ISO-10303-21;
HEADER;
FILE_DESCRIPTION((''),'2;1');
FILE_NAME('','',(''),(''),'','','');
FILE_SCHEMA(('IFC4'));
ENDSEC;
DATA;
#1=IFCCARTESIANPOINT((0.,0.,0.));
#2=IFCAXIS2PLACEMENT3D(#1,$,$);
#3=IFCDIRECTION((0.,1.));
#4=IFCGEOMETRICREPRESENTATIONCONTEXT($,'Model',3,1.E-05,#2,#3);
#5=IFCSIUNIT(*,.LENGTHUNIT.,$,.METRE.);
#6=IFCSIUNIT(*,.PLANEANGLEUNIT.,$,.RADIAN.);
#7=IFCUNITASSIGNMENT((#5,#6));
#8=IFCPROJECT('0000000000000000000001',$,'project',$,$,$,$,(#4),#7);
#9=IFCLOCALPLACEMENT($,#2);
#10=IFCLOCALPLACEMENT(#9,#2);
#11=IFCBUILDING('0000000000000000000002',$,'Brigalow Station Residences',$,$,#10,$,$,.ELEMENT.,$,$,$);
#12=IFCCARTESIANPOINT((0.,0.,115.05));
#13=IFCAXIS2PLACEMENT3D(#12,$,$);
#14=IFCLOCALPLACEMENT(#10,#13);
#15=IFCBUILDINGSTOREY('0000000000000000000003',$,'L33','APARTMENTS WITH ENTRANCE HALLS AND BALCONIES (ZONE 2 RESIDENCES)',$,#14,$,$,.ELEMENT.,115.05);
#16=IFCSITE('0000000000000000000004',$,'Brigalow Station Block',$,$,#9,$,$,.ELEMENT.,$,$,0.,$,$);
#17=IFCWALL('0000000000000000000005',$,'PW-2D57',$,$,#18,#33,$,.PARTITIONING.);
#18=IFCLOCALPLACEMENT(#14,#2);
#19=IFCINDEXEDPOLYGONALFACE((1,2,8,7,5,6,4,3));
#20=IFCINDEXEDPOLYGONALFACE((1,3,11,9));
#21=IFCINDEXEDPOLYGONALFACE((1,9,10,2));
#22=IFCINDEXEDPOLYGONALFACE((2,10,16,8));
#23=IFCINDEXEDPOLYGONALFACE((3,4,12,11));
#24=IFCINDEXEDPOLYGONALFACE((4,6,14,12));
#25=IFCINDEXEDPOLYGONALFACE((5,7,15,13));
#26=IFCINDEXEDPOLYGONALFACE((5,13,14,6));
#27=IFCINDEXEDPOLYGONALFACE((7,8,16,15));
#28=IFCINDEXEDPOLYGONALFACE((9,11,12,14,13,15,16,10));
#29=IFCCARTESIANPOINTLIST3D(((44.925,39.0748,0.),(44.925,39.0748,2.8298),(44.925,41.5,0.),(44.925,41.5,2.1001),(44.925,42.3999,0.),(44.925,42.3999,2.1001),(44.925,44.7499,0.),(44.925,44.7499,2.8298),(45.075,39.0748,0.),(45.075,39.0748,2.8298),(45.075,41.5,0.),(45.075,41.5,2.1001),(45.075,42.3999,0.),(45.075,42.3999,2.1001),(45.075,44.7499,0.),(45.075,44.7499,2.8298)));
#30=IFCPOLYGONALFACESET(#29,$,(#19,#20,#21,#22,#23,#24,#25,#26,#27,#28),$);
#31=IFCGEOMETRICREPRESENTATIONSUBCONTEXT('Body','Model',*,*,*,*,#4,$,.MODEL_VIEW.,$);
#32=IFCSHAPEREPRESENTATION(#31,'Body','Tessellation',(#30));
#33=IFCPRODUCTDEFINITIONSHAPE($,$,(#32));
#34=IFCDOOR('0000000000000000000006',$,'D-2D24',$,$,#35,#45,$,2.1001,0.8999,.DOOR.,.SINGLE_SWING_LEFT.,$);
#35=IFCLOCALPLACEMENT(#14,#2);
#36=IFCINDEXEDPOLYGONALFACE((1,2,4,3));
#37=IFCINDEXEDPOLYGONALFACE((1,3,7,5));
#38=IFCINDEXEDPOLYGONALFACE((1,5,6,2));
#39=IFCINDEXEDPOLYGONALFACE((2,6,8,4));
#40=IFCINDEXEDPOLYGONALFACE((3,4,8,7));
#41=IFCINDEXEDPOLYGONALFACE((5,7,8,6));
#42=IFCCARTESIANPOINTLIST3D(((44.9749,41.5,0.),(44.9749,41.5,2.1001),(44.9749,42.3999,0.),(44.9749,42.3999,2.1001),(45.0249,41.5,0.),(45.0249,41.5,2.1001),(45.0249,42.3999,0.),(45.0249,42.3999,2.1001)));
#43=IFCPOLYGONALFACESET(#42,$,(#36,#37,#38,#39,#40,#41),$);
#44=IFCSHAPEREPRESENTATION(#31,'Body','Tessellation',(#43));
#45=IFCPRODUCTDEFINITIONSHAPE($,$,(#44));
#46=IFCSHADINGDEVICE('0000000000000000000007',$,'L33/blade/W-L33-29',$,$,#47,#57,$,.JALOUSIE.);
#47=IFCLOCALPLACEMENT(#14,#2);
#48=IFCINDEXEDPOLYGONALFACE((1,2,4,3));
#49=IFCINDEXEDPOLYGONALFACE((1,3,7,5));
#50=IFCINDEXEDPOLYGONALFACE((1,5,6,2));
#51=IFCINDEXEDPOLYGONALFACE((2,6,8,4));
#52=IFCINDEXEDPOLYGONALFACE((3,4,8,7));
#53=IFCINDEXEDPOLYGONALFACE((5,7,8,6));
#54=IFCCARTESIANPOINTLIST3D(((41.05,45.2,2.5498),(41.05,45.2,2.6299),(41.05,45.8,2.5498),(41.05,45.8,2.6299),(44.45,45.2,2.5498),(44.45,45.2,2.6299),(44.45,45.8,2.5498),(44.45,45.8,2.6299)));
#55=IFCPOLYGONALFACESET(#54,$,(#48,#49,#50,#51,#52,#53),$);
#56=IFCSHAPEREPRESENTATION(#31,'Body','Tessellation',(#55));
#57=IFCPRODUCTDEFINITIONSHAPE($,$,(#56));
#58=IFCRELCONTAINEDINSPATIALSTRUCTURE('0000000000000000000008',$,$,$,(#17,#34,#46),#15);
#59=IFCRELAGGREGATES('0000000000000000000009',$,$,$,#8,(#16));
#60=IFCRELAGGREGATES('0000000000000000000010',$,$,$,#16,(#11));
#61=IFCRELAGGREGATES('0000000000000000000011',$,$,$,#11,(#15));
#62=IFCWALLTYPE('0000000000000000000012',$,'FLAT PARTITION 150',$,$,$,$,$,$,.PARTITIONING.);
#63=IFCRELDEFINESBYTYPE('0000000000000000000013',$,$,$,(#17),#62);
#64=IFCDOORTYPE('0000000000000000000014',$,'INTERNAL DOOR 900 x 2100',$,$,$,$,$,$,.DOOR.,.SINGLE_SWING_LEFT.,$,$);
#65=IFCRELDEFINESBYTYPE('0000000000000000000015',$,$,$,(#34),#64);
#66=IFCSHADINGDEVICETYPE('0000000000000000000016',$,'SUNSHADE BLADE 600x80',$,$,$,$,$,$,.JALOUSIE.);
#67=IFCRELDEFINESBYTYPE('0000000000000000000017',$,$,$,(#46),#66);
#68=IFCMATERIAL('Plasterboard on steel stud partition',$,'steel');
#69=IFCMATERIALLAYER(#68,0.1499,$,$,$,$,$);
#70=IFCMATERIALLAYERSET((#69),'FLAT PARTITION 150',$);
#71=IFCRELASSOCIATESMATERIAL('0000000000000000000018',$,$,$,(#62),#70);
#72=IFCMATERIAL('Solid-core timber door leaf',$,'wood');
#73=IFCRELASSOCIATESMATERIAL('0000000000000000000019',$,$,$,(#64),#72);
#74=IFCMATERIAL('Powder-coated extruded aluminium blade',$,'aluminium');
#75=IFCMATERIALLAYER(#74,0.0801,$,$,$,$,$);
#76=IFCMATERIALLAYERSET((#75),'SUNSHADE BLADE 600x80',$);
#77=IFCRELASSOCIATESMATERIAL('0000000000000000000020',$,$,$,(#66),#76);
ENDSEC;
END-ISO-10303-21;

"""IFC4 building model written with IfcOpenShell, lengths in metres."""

from ifc_helpers import new_model, si_unit, direction, frame, frame_2d, origin, origin_2d, place, context, subcontext, project, spatial, rectangle, extrude, material, layer, layer_set, type_object, element, fill, save


model = new_model("IFC4")

# Units and contexts
model_context = context("Model", 3, precision=1e-05, world=origin(), true_north=direction((0.0, 1.0)))
body_context = subcontext(model_context, "Body", "Model", "MODEL_VIEW")
ifc_project = project(units=[si_unit("LENGTHUNIT", "METRE"), si_unit("PLANEANGLEUNIT", "RADIAN")], contexts=[model_context])

# Site, building, storey
site_placement = place(None, origin())
site = spatial("IfcSite", under=ifc_project, at=site_placement, Name="Brigalow Station Block", CompositionType="ELEMENT", RefElevation=0.0)
building_placement = place(site_placement, origin())
building = spatial("IfcBuilding", under=site, at=building_placement, Name="Brigalow Station Residences", CompositionType="ELEMENT")
storey_placement = place(building_placement, frame((0.0, 0.0, 115.05)))
storey = spatial("IfcBuildingStorey", under=building, at=storey_placement, Name="L33", Description="APARTMENTS WITH ENTRANCE HALLS AND BALCONIES (ZONE 2 RESIDENCES)", CompositionType="ELEMENT", Elevation=115.05)

# Wall, opening, door
ifc_material_1 = material(Name="Plasterboard on steel stud partition", Category="steel")
ifc_layer_1 = layer(ifc_material_1, 0.1499)
ifc_layer_set_1 = layer_set([ifc_layer_1], Name="FLAT PARTITION 150")
wall_type_1 = type_object("IfcWallType", Name="FLAT PARTITION 150", PredefinedType="PARTITIONING", material=ifc_layer_set_1)
wall_1_placement = place(storey_placement, frame((45.0, 39.075, 0.0), z_axis=(0.0, 0.0, 1.0), x_axis=(0.0, 1.0, 0.0)))
wall_1 = element("IfcWall", 1, at=wall_1_placement, inside=storey, type_object=wall_type_1, Name="PW-2D57", PredefinedType="PARTITIONING", context=body_context, shape_type="SweptSolid", body=[
    extrude(rectangle(XDim=5.675, YDim=0.1499, at=frame_2d((2.8374, 0.0))), origin(), (0.0, 0.0, 1.0), 2.8298),
])
opening_1_placement = place(wall_1_placement, frame((2.425, 0.0, 0.0)))
opening_1 = element("IfcOpeningElement", 2, at=opening_1_placement, cuts=wall_1, PredefinedType="OPENING", context=body_context, shape_type="SweptSolid", body=[
    extrude(rectangle(XDim=0.8999, YDim=2.1001, at=frame_2d((0.45, 1.05))), frame((0.0, 0.085, 0.0), z_axis=(0.0, -1.0, 0.0), x_axis=(1.0, 0.0, 0.0)), (0.0, 0.0, 1.0), 0.1699),
])
ifc_material_2 = material(Name="Solid-core timber door leaf", Category="wood")
door_type = type_object("IfcDoorType", Name="INTERNAL DOOR 900 x 2100", OperationType="SINGLE_SWING_LEFT", PredefinedType="DOOR", material=ifc_material_2)
door_placement = place(opening_1_placement, frame((0.8999, 0.0, 0.0), z_axis=(0.0, 0.0, 1.0), x_axis=(-1.0, 0.0, 0.0)))
door = element("IfcDoor", 3, at=door_placement, inside=storey, type_object=door_type, Name="D-2D24", OperationType="SINGLE_SWING_LEFT", OverallHeight=2.1001, OverallWidth=0.8999, PredefinedType="DOOR", context=body_context, shape_type="SweptSolid", body=[
    extrude(rectangle(XDim=0.8999, YDim=2.1001, at=frame_2d((0.45, 1.05))), frame((0.0, 0.0249, 0.0), z_axis=(0.0, -1.0, 0.0), x_axis=(1.0, 0.0, 0.0)), (0.0, 0.0, 1.0), 0.05),
])
fill(opening_1, door)

# Shading device
ifc_material_3 = material(Name="Powder-coated extruded aluminium blade", Category="aluminium")
ifc_layer_2 = layer(ifc_material_3, 0.0801)
ifc_layer_set_2 = layer_set([ifc_layer_2], Name="SUNSHADE BLADE 600x80")
shading_device_type = type_object("IfcShadingDeviceType", Name="SUNSHADE BLADE 600x80", PredefinedType="JALOUSIE", material=ifc_layer_set_2)
shading_device_placement = place(storey_placement, frame((42.75, 45.5, 2.5498), z_axis=(0.0, 0.0, 1.0), x_axis=(-1.0, 0.0, 0.0)))
element("IfcShadingDevice", 4, at=shading_device_placement, inside=storey, type_object=shading_device_type, Name="L33/blade/W-L33-29", PredefinedType="JALOUSIE", context=body_context, shape_type="SweptSolid", body=[
    extrude(rectangle(XDim=3.3999, YDim=0.6001, at=origin_2d()), origin(), (0.0, 0.0, 1.0), 0.0801),
])

save(model, "model.ifc")
